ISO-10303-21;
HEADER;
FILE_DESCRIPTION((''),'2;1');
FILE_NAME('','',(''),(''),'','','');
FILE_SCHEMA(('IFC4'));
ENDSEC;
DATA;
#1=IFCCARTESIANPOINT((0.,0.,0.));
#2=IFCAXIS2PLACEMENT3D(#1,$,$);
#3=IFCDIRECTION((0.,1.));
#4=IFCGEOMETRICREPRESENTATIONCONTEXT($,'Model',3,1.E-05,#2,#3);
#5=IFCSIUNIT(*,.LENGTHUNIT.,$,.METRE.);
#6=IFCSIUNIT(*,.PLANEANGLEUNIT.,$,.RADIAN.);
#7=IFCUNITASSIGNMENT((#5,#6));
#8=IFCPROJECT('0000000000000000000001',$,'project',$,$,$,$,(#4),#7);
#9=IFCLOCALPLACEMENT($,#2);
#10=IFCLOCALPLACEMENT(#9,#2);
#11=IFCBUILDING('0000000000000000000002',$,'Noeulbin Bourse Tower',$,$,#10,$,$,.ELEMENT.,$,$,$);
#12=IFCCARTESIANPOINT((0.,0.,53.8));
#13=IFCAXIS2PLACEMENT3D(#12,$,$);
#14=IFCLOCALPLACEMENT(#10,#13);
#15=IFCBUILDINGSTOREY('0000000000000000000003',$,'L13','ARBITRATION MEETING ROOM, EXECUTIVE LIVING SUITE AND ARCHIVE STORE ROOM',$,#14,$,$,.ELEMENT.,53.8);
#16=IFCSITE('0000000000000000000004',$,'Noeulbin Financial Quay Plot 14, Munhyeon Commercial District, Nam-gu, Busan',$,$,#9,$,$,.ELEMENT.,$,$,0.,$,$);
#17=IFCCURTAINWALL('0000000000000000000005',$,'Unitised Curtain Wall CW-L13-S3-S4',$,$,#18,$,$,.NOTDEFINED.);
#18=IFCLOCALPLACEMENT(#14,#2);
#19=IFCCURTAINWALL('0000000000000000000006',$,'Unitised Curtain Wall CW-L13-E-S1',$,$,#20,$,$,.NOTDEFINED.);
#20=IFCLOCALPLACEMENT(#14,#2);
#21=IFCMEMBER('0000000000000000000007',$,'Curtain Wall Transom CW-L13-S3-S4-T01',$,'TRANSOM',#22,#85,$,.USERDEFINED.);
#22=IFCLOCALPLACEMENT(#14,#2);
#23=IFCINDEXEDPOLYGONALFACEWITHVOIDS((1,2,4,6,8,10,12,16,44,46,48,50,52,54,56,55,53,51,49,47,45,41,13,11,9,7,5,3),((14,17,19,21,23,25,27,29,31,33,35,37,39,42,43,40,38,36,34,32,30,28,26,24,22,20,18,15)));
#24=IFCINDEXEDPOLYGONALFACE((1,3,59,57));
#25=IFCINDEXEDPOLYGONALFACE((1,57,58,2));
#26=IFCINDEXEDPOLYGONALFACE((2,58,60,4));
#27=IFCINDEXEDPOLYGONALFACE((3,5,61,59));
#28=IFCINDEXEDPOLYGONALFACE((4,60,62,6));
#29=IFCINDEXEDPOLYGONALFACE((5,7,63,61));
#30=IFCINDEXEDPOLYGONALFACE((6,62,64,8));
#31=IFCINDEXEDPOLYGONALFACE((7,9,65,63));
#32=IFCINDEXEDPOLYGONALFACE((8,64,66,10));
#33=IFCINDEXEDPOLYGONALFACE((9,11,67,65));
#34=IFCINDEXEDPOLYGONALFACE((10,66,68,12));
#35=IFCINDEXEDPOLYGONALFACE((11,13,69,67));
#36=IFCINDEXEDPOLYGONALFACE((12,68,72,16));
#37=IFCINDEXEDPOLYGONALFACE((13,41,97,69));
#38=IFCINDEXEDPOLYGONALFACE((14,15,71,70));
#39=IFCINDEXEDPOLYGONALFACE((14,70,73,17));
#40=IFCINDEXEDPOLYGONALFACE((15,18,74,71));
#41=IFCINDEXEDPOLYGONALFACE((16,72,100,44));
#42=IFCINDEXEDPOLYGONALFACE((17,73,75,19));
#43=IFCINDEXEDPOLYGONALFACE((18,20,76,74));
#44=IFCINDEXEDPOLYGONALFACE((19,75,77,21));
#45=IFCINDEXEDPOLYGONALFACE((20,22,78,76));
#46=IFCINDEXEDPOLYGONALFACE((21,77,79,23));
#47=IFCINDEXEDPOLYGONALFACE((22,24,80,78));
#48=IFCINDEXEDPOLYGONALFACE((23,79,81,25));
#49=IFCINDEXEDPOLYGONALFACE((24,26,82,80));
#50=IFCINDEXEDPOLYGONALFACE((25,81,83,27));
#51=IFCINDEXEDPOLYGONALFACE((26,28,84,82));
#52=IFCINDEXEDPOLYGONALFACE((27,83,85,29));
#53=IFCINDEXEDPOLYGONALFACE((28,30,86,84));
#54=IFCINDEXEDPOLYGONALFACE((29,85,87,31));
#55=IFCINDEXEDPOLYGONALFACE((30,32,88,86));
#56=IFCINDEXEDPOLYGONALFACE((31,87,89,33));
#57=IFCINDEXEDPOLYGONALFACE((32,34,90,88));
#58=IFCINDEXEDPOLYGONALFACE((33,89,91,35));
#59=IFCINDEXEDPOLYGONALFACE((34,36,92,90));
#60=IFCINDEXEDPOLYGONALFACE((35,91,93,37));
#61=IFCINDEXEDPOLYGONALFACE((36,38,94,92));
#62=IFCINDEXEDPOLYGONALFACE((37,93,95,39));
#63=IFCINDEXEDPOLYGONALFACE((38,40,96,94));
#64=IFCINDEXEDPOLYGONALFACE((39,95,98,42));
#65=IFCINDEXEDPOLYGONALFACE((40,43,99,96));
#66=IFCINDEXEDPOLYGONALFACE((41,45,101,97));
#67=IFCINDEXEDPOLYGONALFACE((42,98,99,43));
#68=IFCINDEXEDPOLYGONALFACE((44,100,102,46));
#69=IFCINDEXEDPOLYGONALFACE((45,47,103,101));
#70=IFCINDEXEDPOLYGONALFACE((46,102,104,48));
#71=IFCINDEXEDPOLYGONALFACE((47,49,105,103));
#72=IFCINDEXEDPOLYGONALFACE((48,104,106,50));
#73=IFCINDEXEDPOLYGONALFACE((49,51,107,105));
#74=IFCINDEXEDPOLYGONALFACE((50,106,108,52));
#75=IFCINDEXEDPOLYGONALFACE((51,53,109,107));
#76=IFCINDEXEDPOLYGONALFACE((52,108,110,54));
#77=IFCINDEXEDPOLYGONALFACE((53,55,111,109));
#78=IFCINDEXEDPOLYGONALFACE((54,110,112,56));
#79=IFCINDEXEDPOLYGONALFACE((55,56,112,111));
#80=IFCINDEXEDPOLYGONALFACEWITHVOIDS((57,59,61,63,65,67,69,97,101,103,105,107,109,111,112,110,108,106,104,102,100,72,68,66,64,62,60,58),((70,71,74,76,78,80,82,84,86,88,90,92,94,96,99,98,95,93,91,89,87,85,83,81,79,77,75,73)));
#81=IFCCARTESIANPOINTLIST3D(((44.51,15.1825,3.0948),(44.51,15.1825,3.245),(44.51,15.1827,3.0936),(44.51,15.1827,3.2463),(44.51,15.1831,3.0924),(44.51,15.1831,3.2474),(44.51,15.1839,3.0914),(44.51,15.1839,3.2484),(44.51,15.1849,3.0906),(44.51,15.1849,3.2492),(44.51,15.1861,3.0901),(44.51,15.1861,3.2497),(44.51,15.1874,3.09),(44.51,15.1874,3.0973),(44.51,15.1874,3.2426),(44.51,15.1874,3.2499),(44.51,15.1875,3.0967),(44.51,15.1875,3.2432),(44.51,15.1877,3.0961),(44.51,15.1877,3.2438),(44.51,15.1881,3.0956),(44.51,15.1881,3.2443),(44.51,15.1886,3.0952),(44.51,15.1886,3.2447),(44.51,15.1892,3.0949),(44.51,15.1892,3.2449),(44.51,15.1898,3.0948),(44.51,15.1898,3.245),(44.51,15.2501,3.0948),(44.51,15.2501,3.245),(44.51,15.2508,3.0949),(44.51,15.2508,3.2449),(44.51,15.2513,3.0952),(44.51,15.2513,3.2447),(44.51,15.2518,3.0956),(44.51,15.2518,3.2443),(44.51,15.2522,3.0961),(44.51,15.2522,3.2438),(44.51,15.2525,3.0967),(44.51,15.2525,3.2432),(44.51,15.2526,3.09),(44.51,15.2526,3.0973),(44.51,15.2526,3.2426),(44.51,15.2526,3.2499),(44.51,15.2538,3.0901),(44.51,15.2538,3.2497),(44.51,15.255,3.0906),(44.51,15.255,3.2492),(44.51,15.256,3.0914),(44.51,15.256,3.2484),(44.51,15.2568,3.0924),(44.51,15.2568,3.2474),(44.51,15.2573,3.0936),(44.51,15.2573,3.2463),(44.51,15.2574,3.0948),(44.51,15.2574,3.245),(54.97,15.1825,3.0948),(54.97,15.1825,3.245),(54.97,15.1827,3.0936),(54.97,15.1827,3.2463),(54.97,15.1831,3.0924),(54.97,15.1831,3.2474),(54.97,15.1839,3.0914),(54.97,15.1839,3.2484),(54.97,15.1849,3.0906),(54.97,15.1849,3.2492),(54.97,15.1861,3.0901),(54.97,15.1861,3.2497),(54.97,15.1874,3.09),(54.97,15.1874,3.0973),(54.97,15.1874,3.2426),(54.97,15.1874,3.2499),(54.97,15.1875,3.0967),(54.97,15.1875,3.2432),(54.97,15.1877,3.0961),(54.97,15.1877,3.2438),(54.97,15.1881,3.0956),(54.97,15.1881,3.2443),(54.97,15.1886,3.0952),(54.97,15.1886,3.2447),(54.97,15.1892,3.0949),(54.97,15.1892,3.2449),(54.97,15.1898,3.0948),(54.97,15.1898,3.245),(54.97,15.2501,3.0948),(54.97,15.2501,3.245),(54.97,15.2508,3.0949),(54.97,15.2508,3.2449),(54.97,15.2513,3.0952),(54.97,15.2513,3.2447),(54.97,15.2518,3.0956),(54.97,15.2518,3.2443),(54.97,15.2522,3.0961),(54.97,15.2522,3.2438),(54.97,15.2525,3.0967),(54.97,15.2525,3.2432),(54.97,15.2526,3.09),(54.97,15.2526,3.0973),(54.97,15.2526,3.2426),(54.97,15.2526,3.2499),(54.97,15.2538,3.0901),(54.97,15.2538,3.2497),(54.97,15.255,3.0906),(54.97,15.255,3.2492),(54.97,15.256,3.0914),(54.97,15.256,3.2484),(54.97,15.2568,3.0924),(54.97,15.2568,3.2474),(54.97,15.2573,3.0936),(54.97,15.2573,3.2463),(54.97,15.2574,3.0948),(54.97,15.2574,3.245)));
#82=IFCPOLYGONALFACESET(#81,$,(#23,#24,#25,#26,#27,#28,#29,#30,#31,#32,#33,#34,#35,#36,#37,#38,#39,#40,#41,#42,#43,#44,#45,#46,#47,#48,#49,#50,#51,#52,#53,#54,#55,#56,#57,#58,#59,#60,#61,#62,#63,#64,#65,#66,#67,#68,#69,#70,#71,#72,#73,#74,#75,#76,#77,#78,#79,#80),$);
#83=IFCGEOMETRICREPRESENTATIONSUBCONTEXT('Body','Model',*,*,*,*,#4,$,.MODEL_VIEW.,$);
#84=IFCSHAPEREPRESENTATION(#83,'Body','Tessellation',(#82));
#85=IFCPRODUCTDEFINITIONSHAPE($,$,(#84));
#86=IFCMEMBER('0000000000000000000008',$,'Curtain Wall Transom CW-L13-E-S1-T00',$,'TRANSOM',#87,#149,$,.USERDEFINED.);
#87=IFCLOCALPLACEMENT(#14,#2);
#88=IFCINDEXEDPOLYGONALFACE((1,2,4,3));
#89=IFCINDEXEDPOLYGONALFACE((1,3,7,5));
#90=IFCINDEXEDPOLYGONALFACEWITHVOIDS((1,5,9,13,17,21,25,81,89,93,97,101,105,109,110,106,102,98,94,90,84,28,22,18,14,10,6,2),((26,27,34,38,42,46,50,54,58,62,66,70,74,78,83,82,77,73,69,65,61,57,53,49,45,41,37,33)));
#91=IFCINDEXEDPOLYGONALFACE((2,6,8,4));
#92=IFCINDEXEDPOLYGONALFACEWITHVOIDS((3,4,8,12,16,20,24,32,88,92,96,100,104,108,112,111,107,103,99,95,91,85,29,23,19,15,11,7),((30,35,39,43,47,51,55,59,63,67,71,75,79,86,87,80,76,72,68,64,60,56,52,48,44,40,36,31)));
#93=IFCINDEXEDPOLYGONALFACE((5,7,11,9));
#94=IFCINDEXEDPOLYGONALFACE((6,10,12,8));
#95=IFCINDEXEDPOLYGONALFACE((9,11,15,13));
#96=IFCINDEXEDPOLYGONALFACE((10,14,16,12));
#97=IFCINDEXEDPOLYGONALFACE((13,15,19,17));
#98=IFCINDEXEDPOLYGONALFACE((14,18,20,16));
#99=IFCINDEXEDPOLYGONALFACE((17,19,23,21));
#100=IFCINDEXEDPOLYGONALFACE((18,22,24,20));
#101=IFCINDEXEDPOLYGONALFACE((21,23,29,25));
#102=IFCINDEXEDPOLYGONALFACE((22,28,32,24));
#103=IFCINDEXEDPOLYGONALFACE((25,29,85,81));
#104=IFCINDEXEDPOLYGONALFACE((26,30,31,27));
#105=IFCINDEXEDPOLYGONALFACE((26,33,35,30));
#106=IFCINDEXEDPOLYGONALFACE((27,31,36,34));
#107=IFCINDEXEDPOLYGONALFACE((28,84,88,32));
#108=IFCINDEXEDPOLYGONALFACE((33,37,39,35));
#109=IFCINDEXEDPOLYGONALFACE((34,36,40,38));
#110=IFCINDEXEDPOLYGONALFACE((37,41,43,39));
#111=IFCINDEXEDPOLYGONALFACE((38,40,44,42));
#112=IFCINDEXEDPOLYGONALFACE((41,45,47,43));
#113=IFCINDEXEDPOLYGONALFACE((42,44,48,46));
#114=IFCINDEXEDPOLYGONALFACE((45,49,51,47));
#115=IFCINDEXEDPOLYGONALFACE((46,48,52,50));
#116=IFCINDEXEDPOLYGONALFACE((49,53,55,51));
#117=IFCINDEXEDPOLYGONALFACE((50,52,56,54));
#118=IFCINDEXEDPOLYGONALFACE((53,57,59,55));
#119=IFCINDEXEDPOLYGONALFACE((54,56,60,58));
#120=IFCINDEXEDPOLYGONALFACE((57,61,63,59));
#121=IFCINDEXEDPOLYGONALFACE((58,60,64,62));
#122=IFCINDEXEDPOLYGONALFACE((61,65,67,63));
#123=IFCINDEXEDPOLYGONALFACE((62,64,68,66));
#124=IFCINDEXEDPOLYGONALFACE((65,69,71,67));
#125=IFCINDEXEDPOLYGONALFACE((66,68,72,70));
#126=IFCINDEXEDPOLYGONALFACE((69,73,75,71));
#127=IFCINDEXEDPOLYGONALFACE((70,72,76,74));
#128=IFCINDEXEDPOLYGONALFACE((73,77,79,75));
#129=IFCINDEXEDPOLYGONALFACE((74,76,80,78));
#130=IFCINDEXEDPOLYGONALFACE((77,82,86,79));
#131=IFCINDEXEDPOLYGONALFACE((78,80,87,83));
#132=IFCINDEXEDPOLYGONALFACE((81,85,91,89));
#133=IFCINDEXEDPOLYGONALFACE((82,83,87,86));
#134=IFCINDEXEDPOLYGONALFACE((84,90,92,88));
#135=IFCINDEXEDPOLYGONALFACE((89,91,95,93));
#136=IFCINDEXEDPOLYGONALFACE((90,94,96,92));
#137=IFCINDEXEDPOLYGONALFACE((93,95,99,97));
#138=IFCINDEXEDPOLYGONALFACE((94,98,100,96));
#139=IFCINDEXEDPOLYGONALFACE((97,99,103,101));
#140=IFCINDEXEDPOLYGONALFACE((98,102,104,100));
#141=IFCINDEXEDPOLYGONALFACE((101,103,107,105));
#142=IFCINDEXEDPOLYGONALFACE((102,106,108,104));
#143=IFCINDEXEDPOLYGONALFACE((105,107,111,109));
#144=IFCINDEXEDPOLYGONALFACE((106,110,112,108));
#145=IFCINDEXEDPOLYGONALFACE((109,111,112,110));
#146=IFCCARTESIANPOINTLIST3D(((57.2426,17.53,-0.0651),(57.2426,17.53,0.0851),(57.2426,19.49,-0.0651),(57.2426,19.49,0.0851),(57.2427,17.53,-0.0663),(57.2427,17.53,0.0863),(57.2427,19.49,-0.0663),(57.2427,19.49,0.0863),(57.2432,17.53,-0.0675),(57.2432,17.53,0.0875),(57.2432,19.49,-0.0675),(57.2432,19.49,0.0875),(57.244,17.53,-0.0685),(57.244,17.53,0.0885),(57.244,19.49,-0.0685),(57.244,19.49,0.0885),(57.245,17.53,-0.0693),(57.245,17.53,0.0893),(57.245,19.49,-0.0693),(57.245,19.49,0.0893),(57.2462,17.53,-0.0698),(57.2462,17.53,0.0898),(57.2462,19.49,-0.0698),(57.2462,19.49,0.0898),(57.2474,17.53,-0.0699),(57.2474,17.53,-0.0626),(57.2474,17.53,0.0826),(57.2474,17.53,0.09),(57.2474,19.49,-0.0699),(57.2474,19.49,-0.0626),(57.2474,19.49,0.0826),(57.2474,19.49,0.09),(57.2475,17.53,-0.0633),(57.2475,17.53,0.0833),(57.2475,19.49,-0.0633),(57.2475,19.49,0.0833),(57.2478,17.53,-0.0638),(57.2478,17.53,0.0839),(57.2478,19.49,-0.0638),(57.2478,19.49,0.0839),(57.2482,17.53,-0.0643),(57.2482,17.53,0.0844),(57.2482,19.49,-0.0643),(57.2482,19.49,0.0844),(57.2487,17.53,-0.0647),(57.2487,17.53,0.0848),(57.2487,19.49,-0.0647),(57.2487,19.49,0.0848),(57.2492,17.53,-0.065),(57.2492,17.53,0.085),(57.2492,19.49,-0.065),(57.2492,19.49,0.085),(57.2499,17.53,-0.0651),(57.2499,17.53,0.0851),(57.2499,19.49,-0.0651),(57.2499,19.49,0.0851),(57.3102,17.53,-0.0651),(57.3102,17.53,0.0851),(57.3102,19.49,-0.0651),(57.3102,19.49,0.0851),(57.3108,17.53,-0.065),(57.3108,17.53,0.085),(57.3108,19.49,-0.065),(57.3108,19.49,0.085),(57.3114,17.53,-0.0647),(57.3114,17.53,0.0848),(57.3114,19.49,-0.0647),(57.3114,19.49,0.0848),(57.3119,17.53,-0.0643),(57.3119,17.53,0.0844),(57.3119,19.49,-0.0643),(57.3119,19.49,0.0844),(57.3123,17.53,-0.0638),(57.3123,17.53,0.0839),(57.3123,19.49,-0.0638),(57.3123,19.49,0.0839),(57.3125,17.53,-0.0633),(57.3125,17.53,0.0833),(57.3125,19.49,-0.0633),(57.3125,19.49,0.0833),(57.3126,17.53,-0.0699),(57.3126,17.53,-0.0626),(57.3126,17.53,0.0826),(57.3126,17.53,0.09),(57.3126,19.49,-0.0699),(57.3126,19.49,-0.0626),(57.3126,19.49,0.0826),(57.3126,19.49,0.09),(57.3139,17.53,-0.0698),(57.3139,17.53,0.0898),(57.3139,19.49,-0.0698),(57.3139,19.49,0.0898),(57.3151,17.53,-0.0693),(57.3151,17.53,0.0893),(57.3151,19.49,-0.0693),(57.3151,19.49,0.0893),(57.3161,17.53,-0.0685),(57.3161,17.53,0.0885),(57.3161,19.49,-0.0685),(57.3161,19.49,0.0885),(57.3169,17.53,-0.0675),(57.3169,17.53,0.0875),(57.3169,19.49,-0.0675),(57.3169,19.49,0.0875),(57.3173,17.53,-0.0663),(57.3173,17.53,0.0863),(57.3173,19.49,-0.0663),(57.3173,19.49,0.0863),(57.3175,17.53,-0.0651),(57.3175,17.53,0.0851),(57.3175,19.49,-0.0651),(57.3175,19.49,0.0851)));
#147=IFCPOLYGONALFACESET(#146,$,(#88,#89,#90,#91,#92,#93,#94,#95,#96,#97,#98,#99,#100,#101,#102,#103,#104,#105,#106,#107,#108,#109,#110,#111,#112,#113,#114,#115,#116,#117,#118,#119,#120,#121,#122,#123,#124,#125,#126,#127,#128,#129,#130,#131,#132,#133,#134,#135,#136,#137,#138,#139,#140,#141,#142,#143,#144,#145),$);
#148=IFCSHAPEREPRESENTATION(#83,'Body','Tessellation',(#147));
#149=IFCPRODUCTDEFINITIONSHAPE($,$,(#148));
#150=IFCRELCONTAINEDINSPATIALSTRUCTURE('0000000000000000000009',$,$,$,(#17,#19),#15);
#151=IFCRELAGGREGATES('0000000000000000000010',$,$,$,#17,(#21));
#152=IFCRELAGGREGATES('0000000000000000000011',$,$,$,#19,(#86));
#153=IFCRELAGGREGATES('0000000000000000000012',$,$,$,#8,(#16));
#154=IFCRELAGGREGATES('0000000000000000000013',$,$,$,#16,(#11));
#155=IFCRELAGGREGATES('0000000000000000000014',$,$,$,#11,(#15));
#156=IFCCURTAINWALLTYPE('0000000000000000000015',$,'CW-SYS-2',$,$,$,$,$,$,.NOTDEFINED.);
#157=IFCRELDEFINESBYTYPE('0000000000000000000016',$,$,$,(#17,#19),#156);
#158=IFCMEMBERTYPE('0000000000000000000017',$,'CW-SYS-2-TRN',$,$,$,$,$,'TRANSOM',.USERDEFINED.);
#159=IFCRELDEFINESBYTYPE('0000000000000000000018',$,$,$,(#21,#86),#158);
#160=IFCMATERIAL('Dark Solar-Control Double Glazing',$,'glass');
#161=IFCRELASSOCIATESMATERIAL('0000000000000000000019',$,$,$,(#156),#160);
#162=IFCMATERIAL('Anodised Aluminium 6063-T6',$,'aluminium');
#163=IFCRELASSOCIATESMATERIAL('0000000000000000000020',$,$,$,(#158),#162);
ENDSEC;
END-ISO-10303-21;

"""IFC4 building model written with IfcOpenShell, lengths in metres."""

from ifc_helpers import new_model, si_unit, direction, frame, origin, origin_2d, place, context, subcontext, project, spatial, hollow_rectangle, extrude, material, material_profile, profile_set, type_object, element, aggregate, save


model = new_model("IFC4")

# Units and contexts
model_context = context("Model", 3, precision=1e-05, world=origin(), true_north=direction((0.0, 1.0)))
body_context = subcontext(model_context, "Body", "Model", "MODEL_VIEW")
ifc_project = project(units=[si_unit("LENGTHUNIT", "METRE"), si_unit("PLANEANGLEUNIT", "RADIAN")], contexts=[model_context])

# Site, building, storey
site_placement = place(None, origin())
site = spatial("IfcSite", under=ifc_project, at=site_placement, Name="Noeulbin Financial Quay Plot 14, Munhyeon Commercial District, Nam-gu, Busan", CompositionType="ELEMENT", RefElevation=0.0)
building_placement = place(site_placement, origin())
building = spatial("IfcBuilding", under=site, at=building_placement, Name="Noeulbin Bourse Tower", CompositionType="ELEMENT")
storey_placement = place(building_placement, frame((0.0, 0.0, 53.8)))
storey = spatial("IfcBuildingStorey", under=building, at=storey_placement, Name="L13", Description="ARBITRATION MEETING ROOM, EXECUTIVE LIVING SUITE AND ARCHIVE STORE ROOM", CompositionType="ELEMENT", Elevation=53.8)

# Curtain walls
ifc_material_1 = material(Name="Dark Solar-Control Double Glazing", Category="glass")
curtain_wall_type = type_object("IfcCurtainWallType", Name="CW-SYS-2", PredefinedType="NOTDEFINED", material=ifc_material_1)
curtain_wall_1_placement = place(storey_placement, origin())
curtain_wall_1 = element("IfcCurtainWall", 1, at=curtain_wall_1_placement, inside=storey, type_object=curtain_wall_type, Name="Unitised Curtain Wall CW-L13-S3-S4", PredefinedType="NOTDEFINED")
ifc_material_2 = material(Name="Anodised Aluminium 6063-T6", Category="aluminium")
curtain_wall_2_placement = place(storey_placement, origin())
curtain_wall_2 = element("IfcCurtainWall", 2, at=curtain_wall_2_placement, inside=storey, type_object=curtain_wall_type, Name="Unitised Curtain Wall CW-L13-E-S1", PredefinedType="NOTDEFINED")

# Members
ifc_material_profile_1 = material_profile(ifc_material_2, hollow_rectangle(XDim=0.075, YDim=0.1599, WallThickness=0.0049, InnerFilletRadius=0.0024, OuterFilletRadius=0.0049, at=origin_2d()), Name="ALU-TRAN-75x160x5", Category="LoadBearing")
ifc_profile_set_1 = profile_set([ifc_material_profile_1], Name="Anodised Aluminium 6063-T6")
member_type_1 = type_object("IfcMemberType", Name="CW-SYS-2-TRN", ElementType="TRANSOM", PredefinedType="USERDEFINED", material=ifc_profile_set_1)
member_1_placement = place(storey_placement, frame((44.51, 15.22, 3.1699), z_axis=(1.0, 0.0, 0.0), x_axis=(0.0, 1.0, 0.0)))
member_1 = element("IfcMember", 3, at=member_1_placement, type_object=member_type_1, Name="Curtain Wall Transom CW-L13-S3-S4-T01", ObjectType="TRANSOM", PredefinedType="USERDEFINED", context=body_context, shape_type="SweptSolid", body=[
    extrude(hollow_rectangle(XDim=0.075, YDim=0.1599, WallThickness=0.0049, InnerFilletRadius=0.0024, OuterFilletRadius=0.0049, at=origin_2d()), origin(), (0.0, 0.0, 1.0), 10.46),
])
member_2_placement = place(storey_placement, frame((57.28, 17.53, 0.01), z_axis=(0.0, 1.0, 0.0), x_axis=(-1.0, 0.0, 0.0)))
member_2 = element("IfcMember", 4, at=member_2_placement, type_object=member_type_1, Name="Curtain Wall Transom CW-L13-E-S1-T00", ObjectType="TRANSOM", PredefinedType="USERDEFINED", context=body_context, shape_type="SweptSolid", body=[
    extrude(hollow_rectangle(XDim=0.075, YDim=0.1599, WallThickness=0.0049, InnerFilletRadius=0.0024, OuterFilletRadius=0.0049, at=origin_2d()), origin(), (0.0, 0.0, 1.0), 1.96),
])

aggregate(curtain_wall_1, [member_1])
aggregate(curtain_wall_2, [member_2])

save(model, "model.ifc")
